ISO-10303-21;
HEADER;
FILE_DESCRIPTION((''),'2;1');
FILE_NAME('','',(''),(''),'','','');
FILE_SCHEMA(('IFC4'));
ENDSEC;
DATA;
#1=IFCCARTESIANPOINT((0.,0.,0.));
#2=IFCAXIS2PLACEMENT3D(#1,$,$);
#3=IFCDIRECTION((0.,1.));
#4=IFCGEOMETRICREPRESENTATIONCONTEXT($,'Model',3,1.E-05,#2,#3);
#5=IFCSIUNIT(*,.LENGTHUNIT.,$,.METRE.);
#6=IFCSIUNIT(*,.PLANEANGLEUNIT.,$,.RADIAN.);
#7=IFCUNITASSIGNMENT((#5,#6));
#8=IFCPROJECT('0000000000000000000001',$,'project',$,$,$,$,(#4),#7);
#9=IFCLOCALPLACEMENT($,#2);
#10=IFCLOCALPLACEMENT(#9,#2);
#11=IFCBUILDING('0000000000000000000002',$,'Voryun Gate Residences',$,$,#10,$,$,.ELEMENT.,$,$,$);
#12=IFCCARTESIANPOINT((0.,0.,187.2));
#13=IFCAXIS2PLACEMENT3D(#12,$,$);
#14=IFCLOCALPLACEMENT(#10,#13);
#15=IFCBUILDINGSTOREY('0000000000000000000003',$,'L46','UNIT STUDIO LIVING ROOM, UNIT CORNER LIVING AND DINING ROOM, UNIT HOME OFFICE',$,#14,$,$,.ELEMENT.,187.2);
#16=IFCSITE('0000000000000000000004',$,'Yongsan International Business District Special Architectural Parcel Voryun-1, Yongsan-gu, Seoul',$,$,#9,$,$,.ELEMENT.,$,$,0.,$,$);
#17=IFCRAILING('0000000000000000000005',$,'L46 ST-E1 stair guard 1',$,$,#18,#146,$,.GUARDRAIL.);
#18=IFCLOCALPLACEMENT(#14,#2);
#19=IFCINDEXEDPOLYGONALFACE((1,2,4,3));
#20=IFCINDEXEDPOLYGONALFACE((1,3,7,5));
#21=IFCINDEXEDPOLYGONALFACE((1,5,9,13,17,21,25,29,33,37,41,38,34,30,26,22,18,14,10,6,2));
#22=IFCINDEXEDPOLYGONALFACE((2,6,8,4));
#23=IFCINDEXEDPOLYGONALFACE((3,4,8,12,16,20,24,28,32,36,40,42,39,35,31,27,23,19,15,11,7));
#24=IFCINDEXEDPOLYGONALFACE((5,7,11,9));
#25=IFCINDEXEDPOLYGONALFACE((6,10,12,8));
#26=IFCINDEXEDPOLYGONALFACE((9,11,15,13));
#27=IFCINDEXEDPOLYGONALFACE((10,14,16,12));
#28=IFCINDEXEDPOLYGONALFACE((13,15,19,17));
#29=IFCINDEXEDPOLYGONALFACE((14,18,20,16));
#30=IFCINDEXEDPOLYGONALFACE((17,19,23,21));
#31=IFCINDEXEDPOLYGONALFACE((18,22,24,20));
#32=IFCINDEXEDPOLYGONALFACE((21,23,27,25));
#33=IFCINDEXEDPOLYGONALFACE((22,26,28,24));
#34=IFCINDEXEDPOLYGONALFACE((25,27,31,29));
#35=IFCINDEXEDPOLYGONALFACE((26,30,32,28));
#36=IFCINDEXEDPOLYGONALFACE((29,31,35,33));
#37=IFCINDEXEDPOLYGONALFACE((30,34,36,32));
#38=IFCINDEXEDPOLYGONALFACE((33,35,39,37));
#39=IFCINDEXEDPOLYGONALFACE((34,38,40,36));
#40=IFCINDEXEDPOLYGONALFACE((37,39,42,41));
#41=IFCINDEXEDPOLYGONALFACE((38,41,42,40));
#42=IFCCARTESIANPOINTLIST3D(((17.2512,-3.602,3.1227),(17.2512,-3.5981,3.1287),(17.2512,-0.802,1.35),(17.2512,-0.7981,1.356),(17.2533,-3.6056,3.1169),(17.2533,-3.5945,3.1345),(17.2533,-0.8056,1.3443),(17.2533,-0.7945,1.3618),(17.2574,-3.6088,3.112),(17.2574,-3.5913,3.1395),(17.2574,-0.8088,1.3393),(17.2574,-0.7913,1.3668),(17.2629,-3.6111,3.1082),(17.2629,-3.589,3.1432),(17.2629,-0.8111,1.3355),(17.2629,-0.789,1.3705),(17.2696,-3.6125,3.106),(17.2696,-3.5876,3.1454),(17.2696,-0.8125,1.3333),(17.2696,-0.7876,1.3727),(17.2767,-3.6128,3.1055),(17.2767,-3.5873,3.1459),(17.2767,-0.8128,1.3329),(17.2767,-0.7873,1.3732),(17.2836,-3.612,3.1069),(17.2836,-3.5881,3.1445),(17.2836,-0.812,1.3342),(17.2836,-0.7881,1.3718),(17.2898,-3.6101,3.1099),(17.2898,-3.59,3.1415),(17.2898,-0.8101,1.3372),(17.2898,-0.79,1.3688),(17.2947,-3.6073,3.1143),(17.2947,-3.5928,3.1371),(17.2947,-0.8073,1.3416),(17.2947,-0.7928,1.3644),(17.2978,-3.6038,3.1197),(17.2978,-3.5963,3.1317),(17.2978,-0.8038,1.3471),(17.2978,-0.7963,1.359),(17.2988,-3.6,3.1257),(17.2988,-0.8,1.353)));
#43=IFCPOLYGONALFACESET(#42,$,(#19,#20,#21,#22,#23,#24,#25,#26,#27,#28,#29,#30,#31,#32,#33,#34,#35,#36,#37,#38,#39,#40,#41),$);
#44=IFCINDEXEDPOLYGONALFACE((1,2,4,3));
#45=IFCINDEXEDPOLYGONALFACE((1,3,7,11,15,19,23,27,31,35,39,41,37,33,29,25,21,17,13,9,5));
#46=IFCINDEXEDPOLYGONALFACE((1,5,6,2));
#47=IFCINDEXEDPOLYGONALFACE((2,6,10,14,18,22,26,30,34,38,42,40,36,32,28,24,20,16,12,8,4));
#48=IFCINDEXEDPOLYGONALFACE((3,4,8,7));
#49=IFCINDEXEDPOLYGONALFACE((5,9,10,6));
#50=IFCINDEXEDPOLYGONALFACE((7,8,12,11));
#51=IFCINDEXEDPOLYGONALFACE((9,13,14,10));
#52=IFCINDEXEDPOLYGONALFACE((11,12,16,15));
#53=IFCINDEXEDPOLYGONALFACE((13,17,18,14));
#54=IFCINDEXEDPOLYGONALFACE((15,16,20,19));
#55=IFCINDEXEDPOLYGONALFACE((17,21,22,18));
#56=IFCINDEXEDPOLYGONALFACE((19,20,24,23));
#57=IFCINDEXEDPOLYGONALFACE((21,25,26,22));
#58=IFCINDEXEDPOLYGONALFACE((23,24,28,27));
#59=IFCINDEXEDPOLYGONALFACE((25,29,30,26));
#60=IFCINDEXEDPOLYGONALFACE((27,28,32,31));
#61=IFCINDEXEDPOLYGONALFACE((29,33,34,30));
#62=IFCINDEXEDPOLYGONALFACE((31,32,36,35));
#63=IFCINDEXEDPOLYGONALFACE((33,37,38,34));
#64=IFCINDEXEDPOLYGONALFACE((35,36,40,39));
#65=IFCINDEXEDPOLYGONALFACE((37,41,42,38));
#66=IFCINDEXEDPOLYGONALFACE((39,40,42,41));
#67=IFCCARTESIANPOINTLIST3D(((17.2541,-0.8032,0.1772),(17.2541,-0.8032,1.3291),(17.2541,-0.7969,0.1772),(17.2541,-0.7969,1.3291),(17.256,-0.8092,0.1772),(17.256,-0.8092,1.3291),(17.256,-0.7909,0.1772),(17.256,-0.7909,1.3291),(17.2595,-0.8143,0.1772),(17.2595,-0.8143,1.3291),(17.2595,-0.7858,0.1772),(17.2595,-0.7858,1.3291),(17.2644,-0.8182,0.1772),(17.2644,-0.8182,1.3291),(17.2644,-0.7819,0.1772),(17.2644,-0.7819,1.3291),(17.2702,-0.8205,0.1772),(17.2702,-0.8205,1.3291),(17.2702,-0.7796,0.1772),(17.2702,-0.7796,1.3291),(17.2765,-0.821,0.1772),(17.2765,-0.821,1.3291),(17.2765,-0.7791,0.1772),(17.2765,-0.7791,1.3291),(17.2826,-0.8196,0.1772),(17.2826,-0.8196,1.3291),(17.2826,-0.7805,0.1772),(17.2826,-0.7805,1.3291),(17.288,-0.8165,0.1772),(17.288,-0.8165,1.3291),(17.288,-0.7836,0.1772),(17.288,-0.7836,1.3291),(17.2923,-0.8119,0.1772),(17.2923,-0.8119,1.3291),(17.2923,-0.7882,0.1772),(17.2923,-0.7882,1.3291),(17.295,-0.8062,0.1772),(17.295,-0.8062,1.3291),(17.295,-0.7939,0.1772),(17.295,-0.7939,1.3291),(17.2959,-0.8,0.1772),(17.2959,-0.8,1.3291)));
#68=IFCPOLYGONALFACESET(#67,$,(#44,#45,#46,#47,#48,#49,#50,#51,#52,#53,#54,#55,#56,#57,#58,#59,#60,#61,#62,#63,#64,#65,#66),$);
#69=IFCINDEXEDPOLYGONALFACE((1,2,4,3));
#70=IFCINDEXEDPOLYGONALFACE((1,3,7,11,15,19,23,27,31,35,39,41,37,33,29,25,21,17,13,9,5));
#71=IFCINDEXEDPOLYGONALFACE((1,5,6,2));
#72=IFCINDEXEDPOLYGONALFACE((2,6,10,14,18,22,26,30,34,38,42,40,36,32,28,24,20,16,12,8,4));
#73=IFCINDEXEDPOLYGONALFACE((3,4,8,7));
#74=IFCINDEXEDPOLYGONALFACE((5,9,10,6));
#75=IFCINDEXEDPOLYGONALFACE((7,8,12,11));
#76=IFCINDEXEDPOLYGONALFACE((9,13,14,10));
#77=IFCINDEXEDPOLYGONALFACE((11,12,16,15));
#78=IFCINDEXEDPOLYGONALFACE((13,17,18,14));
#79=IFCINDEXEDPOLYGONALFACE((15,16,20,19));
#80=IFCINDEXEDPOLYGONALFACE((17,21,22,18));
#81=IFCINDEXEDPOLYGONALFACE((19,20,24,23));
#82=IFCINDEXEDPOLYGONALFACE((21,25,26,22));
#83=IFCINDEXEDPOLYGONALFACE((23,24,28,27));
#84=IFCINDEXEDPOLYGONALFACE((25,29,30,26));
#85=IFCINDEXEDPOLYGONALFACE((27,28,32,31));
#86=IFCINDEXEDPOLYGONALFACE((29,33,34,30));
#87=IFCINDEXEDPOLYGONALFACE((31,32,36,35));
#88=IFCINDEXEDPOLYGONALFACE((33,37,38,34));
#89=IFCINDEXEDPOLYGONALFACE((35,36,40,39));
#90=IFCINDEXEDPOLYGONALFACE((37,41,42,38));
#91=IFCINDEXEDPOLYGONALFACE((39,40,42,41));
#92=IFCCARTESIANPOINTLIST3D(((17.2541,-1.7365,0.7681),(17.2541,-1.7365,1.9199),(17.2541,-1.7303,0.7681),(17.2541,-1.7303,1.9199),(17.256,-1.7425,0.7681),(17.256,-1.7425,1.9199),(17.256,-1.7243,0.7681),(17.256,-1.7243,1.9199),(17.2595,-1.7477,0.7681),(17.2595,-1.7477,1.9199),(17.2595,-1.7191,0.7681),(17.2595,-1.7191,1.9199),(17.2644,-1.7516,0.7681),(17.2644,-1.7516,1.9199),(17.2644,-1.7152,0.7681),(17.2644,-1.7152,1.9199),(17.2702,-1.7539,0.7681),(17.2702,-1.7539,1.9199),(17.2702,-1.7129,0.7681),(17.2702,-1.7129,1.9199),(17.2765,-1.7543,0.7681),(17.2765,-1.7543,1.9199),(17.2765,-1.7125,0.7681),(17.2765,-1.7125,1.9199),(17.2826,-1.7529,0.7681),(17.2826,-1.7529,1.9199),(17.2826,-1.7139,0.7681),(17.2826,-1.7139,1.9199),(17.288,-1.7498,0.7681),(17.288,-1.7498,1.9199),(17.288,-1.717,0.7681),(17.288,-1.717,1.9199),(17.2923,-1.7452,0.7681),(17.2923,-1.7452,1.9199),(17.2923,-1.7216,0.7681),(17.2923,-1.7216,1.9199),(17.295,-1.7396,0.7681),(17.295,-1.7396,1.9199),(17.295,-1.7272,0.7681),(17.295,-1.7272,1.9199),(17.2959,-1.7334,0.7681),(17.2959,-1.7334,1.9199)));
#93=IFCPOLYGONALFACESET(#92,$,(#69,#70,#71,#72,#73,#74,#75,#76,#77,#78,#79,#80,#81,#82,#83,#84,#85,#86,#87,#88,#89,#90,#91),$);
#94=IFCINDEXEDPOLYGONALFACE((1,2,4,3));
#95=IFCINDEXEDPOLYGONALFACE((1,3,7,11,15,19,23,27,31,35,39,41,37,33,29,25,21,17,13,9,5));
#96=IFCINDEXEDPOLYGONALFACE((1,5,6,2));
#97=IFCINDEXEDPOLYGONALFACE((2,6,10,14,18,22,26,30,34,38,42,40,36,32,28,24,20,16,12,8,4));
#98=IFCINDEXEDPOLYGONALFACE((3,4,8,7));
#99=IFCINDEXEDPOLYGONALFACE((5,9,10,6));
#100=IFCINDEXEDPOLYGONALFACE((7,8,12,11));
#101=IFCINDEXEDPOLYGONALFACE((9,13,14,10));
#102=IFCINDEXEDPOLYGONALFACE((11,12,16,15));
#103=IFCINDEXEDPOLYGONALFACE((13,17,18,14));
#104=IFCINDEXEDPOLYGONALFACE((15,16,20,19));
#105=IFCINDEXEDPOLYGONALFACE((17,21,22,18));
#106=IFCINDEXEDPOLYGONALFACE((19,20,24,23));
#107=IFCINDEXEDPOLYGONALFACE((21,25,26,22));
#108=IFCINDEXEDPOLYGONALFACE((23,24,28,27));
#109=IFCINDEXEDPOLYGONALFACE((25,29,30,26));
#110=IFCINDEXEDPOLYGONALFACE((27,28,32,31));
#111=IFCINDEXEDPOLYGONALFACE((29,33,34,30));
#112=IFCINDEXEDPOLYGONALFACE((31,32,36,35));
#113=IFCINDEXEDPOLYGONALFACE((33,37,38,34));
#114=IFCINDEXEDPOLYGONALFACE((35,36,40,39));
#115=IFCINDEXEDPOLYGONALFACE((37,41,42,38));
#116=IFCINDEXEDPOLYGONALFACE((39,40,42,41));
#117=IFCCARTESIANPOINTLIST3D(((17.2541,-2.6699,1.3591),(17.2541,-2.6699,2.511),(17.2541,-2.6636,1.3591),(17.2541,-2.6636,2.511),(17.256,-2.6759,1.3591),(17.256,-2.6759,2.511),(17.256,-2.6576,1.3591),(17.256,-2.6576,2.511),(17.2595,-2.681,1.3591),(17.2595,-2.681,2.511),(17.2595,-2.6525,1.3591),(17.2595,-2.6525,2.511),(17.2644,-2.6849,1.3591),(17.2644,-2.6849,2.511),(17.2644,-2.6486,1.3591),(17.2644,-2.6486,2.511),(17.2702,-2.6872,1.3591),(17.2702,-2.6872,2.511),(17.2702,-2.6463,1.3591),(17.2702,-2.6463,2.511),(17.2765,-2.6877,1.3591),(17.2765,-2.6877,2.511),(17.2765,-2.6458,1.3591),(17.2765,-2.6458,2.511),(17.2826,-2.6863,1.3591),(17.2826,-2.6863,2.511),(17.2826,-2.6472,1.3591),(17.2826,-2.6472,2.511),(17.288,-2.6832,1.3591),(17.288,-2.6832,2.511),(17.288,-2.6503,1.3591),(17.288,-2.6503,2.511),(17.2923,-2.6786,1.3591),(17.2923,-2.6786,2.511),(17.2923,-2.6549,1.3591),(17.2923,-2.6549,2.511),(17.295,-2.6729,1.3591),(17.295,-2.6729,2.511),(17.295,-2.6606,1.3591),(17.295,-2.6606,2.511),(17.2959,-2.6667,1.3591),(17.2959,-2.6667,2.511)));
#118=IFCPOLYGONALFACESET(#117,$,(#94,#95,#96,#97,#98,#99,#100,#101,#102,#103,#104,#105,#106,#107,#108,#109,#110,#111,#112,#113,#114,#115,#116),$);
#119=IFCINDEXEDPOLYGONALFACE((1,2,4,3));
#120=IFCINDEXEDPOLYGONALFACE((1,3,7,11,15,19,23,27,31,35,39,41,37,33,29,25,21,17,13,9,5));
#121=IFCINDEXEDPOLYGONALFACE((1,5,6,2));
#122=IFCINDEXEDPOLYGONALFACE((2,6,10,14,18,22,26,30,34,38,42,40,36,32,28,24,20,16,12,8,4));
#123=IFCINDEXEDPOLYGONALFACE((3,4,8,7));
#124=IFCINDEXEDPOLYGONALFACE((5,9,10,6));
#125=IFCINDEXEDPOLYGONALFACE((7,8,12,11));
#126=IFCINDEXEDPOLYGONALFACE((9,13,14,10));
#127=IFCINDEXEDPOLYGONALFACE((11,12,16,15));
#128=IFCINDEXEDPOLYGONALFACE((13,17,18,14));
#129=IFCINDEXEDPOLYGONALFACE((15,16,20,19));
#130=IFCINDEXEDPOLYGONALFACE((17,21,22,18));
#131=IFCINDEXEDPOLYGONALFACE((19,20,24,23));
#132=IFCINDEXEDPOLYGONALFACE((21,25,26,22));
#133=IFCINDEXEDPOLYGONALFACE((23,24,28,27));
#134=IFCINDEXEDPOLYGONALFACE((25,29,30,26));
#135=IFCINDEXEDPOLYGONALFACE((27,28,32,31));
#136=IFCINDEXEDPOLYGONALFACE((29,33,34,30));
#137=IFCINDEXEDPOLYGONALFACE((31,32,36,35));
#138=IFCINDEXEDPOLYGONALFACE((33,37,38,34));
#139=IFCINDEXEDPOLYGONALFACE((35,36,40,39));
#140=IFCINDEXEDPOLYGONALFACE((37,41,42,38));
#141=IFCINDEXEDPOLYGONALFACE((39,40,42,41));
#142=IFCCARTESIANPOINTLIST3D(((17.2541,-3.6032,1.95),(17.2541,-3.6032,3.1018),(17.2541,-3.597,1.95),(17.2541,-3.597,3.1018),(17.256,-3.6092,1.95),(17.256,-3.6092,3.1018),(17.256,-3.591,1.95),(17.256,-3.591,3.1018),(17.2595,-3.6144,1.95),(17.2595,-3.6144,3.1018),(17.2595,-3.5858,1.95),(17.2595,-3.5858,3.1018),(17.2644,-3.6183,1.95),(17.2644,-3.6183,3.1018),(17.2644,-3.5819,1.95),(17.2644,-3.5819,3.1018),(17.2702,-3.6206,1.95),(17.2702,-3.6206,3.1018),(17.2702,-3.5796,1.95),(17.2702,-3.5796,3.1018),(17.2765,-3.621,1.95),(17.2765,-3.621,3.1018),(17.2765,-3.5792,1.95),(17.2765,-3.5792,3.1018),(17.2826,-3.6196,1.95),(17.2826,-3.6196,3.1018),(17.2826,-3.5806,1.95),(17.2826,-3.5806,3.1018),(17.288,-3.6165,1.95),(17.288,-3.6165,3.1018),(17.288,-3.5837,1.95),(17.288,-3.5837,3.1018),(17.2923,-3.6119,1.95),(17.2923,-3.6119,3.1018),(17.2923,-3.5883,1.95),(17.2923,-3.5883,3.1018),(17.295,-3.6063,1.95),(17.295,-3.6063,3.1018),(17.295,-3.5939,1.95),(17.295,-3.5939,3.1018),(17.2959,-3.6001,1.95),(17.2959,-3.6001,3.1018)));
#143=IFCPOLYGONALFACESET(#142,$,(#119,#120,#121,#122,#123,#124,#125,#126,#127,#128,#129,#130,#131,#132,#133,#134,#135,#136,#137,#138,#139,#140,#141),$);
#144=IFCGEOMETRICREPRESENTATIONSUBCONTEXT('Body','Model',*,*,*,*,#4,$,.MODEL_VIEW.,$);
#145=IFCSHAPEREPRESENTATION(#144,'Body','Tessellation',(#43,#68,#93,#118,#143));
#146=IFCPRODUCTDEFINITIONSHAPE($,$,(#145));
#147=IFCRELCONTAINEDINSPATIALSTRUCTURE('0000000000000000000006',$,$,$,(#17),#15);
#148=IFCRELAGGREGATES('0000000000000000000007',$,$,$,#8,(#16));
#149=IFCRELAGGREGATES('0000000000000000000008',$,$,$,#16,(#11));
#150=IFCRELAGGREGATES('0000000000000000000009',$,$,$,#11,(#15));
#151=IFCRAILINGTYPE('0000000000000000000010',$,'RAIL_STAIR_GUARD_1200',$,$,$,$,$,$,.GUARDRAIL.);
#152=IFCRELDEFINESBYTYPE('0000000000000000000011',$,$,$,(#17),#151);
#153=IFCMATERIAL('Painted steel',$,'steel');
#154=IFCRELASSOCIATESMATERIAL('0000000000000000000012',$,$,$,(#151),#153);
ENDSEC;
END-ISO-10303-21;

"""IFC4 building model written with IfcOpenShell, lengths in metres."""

from ifc_helpers import new_model, si_unit, direction, frame, origin, origin_2d, place, context, subcontext, project, spatial, circle, extrude, material, type_object, element, save


model = new_model("IFC4")

# Units and contexts
model_context = context("Model", 3, precision=1e-05, world=origin(), true_north=direction((0.0, 1.0)))
body_context = subcontext(model_context, "Body", "Model", "MODEL_VIEW")
ifc_project = project(units=[si_unit("LENGTHUNIT", "METRE"), si_unit("PLANEANGLEUNIT", "RADIAN")], contexts=[model_context])

# Site, building, storey
site_placement = place(None, origin())
site = spatial("IfcSite", under=ifc_project, at=site_placement, Name="Yongsan International Business District Special Architectural Parcel Voryun-1, Yongsan-gu, Seoul", CompositionType="ELEMENT", RefElevation=0.0)
building_placement = place(site_placement, origin())
building = spatial("IfcBuilding", under=site, at=building_placement, Name="Voryun Gate Residences", CompositionType="ELEMENT")
storey_placement = place(building_placement, frame((0.0, 0.0, 187.2)))
storey = spatial("IfcBuildingStorey", under=building, at=storey_placement, Name="L46", Description="UNIT STUDIO LIVING ROOM, UNIT CORNER LIVING AND DINING ROOM, UNIT HOME OFFICE", CompositionType="ELEMENT", Elevation=187.2)

# Railing
ifc_material_1 = material(Name="Painted steel", Category="steel")
railing_type_1 = type_object("IfcRailingType", Name="RAIL_STAIR_GUARD_1200", PredefinedType="GUARDRAIL", material=ifc_material_1)
railing_1_placement = place(storey_placement, frame((17.2749, -0.8, 0.1772)))
element("IfcRailing", 1, at=railing_1_placement, inside=storey, type_object=railing_type_1, Name="L46 ST-E1 stair guard 1", PredefinedType="GUARDRAIL", context=body_context, shape_type="SweptSolid", body=[
    extrude(circle(Radius=0.0239, at=origin_2d()), frame((0.0, 0.0, 1.1758), z_axis=(0.0, -0.844909, 0.53491), x_axis=(1.0, 0.0, 0.0)), (0.0, 0.0, 1.0), 3.314),
    extrude(circle(Radius=0.021, at=origin_2d()), origin(), (0.0, 0.0, 1.0), 1.1519),
    extrude(circle(Radius=0.021, at=origin_2d()), frame((0.0, -0.9333, 0.5908)), (0.0, 0.0, 1.0), 1.1519),
    extrude(circle(Radius=0.021, at=origin_2d()), frame((0.0, -1.8667, 1.1819)), (0.0, 0.0, 1.0), 1.1519),
    extrude(circle(Radius=0.021, at=origin_2d()), frame((0.0, -2.8, 1.7727)), (0.0, 0.0, 1.0), 1.1519),
])

save(model, "model.ifc")
